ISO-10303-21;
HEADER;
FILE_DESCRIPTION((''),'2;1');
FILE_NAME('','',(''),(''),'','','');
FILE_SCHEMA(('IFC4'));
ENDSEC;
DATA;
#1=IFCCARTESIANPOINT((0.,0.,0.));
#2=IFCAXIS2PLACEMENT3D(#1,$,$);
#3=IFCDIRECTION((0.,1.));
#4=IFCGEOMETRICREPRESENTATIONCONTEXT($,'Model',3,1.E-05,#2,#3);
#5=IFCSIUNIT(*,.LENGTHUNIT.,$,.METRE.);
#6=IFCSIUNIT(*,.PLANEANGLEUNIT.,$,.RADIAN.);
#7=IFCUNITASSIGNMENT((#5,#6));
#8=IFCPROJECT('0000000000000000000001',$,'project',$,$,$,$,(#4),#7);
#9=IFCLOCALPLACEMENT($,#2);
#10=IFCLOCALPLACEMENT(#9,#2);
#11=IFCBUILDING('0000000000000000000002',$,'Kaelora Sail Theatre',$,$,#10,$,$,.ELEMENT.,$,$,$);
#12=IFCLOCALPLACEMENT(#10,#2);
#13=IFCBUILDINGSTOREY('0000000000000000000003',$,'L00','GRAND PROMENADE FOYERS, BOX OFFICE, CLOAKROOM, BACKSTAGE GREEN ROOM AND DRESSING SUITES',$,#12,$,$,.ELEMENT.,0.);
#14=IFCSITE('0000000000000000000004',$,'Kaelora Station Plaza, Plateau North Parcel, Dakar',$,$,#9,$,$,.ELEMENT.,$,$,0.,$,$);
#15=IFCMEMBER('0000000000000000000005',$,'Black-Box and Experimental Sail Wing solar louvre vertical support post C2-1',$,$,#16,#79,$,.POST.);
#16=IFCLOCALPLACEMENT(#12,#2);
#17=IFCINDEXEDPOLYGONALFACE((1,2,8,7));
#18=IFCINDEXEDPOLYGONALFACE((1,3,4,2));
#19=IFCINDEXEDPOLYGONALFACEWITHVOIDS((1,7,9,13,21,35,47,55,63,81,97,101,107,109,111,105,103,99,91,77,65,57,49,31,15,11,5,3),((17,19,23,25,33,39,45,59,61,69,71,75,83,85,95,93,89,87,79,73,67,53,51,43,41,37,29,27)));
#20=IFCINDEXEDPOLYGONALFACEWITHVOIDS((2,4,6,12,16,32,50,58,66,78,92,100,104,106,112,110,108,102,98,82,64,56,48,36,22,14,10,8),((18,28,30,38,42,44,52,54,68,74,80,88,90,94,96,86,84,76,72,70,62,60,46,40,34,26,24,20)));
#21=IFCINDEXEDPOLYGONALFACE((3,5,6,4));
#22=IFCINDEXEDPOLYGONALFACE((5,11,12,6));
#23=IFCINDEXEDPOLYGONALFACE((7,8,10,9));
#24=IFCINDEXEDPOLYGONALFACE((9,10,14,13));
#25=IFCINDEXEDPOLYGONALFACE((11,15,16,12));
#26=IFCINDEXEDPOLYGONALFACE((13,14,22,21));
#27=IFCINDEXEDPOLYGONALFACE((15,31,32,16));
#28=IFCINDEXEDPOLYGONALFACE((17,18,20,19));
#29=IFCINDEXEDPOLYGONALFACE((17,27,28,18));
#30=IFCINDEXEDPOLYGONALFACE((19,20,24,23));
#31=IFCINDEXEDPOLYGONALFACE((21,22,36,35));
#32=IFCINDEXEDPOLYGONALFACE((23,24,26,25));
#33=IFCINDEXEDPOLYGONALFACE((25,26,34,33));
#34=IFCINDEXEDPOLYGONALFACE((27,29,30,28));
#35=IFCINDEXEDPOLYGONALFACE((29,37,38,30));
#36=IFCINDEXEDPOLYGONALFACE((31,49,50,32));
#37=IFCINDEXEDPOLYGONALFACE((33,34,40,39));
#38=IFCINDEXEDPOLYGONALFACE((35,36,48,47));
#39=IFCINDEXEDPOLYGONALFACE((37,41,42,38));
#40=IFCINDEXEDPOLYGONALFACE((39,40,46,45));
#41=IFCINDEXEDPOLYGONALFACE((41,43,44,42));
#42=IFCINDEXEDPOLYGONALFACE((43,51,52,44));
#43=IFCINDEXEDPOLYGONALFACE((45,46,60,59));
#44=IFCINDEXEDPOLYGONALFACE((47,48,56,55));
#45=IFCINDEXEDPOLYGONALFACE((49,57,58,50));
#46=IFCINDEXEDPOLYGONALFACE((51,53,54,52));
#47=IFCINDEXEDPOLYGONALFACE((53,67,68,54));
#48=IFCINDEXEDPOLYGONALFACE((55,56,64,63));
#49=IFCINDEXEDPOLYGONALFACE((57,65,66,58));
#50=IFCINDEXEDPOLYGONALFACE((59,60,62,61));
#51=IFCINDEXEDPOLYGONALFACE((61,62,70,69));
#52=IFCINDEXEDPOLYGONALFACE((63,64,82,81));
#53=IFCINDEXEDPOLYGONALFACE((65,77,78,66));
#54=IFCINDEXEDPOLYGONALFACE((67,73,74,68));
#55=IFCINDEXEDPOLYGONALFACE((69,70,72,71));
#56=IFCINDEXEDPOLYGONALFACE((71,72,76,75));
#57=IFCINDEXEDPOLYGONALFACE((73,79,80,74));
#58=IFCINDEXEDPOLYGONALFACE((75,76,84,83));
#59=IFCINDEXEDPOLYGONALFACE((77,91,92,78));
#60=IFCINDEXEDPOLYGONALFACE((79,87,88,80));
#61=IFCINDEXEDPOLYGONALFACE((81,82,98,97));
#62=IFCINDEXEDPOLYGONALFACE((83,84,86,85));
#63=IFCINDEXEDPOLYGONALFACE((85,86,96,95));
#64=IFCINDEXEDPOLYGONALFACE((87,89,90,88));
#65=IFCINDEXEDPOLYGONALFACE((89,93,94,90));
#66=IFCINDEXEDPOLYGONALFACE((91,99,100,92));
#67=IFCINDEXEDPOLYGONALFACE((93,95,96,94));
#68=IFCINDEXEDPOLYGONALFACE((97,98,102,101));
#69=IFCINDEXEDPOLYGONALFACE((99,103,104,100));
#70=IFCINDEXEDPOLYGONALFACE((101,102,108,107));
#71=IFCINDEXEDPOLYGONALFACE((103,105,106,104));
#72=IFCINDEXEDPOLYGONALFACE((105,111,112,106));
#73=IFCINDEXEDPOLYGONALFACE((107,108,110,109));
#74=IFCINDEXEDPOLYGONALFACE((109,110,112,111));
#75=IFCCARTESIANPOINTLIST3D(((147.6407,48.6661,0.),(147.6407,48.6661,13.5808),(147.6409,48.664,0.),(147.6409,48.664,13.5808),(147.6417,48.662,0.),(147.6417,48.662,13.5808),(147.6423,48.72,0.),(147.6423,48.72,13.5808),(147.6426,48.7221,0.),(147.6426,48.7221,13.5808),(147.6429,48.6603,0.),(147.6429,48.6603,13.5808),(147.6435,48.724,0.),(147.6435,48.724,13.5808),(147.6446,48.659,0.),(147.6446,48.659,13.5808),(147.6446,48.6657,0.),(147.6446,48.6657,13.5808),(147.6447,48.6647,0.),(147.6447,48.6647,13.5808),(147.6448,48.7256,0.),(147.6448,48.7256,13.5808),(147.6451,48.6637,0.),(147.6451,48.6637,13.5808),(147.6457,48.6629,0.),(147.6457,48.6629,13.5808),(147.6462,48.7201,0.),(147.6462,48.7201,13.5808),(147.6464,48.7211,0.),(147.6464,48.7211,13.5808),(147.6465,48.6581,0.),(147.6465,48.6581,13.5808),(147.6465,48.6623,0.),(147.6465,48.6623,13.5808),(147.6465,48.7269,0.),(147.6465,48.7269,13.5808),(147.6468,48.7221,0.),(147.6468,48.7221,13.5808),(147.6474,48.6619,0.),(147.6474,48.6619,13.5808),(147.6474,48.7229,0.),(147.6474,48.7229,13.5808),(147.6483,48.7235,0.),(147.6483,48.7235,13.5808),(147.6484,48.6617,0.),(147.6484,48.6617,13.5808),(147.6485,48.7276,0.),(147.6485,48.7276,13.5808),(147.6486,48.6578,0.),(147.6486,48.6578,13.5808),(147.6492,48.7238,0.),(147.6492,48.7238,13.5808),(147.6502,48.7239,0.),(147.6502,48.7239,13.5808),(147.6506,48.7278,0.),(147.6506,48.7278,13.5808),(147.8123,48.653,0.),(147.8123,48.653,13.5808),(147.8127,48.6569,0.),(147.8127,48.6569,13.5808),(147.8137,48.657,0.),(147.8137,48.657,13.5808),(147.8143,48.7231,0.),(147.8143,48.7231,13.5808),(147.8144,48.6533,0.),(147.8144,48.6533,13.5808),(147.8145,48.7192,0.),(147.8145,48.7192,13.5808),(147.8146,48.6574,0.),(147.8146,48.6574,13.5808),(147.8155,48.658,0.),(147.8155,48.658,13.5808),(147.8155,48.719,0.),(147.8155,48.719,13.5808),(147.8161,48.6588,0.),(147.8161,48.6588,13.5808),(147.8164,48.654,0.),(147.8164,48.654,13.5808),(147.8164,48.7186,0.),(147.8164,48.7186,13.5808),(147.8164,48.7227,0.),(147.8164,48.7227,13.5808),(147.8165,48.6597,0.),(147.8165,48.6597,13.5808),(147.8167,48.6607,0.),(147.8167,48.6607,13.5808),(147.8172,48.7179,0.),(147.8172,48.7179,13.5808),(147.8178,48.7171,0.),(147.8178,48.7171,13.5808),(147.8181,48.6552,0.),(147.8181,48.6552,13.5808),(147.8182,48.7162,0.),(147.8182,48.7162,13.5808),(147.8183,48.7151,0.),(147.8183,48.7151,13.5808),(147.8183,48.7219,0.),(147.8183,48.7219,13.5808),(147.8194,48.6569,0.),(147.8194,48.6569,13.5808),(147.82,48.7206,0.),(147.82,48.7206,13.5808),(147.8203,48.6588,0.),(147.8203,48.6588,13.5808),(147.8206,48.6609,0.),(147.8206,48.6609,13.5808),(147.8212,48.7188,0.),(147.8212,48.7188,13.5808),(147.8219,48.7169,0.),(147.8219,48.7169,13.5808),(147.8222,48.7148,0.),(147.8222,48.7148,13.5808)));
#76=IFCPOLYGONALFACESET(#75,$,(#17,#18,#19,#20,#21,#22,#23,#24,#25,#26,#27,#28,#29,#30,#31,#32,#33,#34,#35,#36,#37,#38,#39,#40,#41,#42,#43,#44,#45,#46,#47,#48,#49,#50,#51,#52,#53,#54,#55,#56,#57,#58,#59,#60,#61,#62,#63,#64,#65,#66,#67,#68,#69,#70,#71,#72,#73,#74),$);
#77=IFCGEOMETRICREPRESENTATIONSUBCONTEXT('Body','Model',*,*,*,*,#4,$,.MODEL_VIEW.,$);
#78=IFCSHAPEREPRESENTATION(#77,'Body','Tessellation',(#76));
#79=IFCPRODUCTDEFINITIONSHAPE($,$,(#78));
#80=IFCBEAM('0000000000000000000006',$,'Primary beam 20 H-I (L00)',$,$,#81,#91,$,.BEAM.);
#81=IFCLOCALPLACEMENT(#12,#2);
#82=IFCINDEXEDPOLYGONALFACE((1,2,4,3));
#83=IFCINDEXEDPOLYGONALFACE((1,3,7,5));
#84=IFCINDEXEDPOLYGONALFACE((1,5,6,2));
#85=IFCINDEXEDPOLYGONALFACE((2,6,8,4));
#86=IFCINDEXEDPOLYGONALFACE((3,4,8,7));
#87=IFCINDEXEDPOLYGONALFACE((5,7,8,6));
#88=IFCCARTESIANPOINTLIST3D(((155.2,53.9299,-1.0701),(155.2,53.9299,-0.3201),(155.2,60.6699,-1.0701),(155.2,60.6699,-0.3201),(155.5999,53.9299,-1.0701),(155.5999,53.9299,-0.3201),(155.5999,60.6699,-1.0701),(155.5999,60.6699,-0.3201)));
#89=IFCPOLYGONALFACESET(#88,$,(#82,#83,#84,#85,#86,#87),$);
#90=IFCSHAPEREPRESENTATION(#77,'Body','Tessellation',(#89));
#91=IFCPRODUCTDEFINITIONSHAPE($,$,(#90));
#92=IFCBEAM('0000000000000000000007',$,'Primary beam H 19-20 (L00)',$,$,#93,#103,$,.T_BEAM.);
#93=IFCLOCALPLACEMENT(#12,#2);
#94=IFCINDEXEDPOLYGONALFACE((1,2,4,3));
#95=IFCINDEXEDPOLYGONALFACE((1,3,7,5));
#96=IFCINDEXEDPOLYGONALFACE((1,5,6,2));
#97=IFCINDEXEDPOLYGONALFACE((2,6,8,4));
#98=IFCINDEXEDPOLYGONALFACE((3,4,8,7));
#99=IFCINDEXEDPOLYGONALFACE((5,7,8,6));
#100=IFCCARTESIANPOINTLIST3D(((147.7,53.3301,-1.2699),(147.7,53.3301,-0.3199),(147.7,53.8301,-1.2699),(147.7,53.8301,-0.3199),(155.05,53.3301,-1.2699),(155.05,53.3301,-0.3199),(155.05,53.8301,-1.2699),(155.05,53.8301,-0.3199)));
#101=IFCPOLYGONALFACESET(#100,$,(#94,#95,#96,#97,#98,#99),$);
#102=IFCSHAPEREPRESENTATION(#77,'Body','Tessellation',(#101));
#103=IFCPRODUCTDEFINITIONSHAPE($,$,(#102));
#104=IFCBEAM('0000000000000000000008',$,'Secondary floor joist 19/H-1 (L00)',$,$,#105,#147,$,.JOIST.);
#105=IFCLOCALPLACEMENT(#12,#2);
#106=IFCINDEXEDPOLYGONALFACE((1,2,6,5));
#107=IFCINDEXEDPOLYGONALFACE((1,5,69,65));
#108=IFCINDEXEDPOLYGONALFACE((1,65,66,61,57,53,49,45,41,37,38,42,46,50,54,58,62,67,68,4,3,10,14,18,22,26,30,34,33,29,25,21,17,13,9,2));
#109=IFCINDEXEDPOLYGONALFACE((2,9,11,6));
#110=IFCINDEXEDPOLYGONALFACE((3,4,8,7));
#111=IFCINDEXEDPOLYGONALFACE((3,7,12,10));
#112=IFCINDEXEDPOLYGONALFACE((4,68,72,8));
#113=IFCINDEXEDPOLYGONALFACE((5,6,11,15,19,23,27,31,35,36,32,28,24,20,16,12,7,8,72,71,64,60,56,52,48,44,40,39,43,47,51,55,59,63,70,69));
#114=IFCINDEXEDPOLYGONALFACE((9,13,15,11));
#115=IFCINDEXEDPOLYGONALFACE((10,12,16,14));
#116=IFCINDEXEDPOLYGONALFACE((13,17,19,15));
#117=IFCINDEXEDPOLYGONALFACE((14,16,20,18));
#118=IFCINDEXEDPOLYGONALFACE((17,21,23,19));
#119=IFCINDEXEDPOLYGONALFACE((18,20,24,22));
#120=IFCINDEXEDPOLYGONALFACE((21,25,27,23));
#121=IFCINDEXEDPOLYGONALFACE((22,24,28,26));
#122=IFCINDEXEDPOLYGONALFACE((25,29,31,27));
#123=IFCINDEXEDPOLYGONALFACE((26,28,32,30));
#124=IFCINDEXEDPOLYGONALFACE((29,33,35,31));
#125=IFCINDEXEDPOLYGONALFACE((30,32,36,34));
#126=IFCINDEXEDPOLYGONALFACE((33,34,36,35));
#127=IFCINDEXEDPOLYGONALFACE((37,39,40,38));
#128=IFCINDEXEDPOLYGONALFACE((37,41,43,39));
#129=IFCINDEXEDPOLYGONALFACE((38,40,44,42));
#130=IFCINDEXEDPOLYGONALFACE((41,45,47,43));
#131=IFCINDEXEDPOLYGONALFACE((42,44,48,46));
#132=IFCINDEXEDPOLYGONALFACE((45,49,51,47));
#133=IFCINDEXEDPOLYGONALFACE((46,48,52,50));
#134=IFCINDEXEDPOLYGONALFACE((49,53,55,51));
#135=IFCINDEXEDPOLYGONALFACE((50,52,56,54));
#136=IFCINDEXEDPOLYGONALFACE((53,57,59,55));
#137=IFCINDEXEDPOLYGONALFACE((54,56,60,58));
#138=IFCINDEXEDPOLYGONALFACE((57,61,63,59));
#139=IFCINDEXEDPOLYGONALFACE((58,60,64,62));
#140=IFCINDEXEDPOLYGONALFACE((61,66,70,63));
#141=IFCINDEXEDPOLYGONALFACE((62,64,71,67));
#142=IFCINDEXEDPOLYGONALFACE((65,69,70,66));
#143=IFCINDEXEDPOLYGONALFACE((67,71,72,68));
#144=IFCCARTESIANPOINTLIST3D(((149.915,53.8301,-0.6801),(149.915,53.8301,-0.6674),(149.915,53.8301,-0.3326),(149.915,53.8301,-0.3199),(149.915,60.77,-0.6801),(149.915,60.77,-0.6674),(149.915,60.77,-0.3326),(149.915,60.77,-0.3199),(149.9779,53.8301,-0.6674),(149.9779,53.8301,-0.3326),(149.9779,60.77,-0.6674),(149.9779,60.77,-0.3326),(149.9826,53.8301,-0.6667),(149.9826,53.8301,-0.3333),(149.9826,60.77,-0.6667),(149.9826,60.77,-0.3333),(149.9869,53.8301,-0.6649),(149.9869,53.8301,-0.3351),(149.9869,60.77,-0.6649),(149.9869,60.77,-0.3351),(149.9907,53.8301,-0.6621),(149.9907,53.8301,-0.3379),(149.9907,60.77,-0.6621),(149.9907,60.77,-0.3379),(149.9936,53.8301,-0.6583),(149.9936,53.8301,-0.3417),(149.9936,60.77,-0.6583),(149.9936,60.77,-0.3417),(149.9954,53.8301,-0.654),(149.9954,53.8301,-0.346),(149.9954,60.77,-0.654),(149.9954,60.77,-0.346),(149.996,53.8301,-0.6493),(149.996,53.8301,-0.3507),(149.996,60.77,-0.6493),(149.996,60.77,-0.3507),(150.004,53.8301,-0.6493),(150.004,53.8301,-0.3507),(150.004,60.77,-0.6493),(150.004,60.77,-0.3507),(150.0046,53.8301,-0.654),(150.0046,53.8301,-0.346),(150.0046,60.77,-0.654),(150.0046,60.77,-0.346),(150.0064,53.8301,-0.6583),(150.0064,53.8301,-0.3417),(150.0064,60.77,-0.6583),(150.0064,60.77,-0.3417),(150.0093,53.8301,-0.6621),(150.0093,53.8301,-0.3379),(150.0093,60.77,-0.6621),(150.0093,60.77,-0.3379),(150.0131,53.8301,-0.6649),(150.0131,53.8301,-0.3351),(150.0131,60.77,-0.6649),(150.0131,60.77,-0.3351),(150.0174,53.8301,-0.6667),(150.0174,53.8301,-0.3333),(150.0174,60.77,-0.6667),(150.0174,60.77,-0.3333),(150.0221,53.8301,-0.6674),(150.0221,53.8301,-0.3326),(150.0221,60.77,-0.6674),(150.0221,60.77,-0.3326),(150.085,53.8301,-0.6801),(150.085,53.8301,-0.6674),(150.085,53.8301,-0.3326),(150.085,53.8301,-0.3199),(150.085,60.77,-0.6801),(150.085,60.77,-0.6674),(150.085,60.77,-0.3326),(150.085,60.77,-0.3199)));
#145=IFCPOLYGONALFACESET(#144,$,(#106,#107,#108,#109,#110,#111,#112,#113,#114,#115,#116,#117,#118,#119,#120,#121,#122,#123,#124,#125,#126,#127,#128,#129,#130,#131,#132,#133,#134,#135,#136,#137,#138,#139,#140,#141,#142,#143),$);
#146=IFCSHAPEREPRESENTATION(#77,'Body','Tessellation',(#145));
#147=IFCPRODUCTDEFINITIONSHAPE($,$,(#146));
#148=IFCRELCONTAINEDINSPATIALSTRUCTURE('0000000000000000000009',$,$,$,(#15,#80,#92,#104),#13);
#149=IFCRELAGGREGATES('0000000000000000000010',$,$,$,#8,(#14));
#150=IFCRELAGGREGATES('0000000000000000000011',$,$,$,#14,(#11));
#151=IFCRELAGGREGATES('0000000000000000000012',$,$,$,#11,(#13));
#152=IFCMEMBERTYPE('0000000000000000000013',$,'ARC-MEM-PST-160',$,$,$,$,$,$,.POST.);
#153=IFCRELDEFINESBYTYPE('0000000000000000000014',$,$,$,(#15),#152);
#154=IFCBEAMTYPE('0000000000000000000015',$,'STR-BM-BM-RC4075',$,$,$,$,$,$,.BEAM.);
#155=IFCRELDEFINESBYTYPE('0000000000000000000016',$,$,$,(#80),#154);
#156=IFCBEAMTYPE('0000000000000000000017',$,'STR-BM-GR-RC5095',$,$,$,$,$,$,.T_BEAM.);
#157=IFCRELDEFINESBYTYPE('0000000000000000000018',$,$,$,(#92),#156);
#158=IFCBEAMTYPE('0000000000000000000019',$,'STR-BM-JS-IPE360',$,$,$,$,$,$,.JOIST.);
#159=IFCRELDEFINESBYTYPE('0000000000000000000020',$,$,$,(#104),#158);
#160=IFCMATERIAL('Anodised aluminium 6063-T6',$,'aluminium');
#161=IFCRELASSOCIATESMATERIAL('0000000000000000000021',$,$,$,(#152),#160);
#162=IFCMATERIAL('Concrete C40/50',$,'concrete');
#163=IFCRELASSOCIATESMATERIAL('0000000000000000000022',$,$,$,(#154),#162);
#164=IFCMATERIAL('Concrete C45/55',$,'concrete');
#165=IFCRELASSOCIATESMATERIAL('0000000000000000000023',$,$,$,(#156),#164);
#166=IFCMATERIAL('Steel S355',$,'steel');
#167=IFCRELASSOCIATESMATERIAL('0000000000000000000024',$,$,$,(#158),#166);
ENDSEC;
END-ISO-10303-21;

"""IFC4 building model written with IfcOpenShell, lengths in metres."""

from ifc_helpers import new_model, si_unit, direction, frame, origin, origin_2d, place, context, subcontext, project, spatial, rectangle, hollow_rectangle, i_section, extrude, material, material_profile, profile_set, type_object, element, save


model = new_model("IFC4")

# Units and contexts
model_context = context("Model", 3, precision=1e-05, world=origin(), true_north=direction((0.0, 1.0)))
body_context = subcontext(model_context, "Body", "Model", "MODEL_VIEW")
ifc_project = project(units=[si_unit("LENGTHUNIT", "METRE"), si_unit("PLANEANGLEUNIT", "RADIAN")], contexts=[model_context])

# Site, building, storey
site_placement = place(None, origin())
site = spatial("IfcSite", under=ifc_project, at=site_placement, Name="Kaelora Station Plaza, Plateau North Parcel, Dakar", CompositionType="ELEMENT", RefElevation=0.0)
building_placement = place(site_placement, origin())
building = spatial("IfcBuilding", under=site, at=building_placement, Name="Kaelora Sail Theatre", CompositionType="ELEMENT")
storey_placement = place(building_placement, origin())
storey = spatial("IfcBuildingStorey", under=building, at=storey_placement, Name="L00", Description="GRAND PROMENADE FOYERS, BOX OFFICE, CLOAKROOM, BACKSTAGE GREEN ROOM AND DRESSING SUITES", CompositionType="ELEMENT", Elevation=0.0)

# Member
ifc_material_1 = material(Name="Anodised aluminium 6063-T6", Category="aluminium")
ifc_material_profile_1 = material_profile(ifc_material_1, hollow_rectangle(XDim=0.0701, YDim=0.1799, WallThickness=0.0039, InnerFilletRadius=0.0039, OuterFilletRadius=0.0081, at=origin_2d()), Name="ALU-MULL 70x180x4")
ifc_profile_set_1 = profile_set([ifc_material_profile_1], Name="Anodised aluminium 6063-T6")
member_type_1 = type_object("IfcMemberType", Name="ARC-MEM-PST-160", PredefinedType="POST", material=ifc_profile_set_1)
member_placement = place(storey_placement, frame((147.7314, 48.6904, 0.0), z_axis=(0.0, 0.0, 1.0), x_axis=(-0.028968, -0.99958, 0.0)))
element("IfcMember", 1, at=member_placement, inside=storey, type_object=member_type_1, Name="Black-Box and Experimental Sail Wing solar louvre vertical support post C2-1", PredefinedType="POST", context=body_context, shape_type="SweptSolid", body=[
    extrude(hollow_rectangle(XDim=0.0701, YDim=0.1799, WallThickness=0.0039, InnerFilletRadius=0.0039, OuterFilletRadius=0.0081, at=origin_2d()), origin(), (0.0, 0.0, 1.0), 13.5808),
])

# Beams
ifc_material_2 = material(Name="Concrete C40/50", Category="concrete")
ifc_material_profile_2 = material_profile(ifc_material_2, rectangle(XDim=0.3999, YDim=0.75, at=origin_2d()), Name="RC-BM 400x750")
ifc_profile_set_2 = profile_set([ifc_material_profile_2], Name="Concrete C40/50")
beam_type_1 = type_object("IfcBeamType", Name="STR-BM-BM-RC4075", PredefinedType="BEAM", material=ifc_profile_set_2)
beam_1_placement = place(storey_placement, frame((155.3999, 53.9299, -0.6951), z_axis=(0.0, 1.0, 0.0), x_axis=(-1.0, 0.0, 0.0)))
element("IfcBeam", 2, at=beam_1_placement, inside=storey, type_object=beam_type_1, Name="Primary beam 20 H-I (L00)", PredefinedType="BEAM", context=body_context, shape_type="SweptSolid", body=[
    extrude(rectangle(XDim=0.3999, YDim=0.75, at=origin_2d()), origin(), (0.0, 0.0, 1.0), 6.74),
])
ifc_material_3 = material(Name="Concrete C45/55", Category="concrete")
ifc_material_profile_3 = material_profile(ifc_material_3, rectangle(XDim=0.5, YDim=0.95, at=origin_2d()), Name="RC-GRD 500x950")
ifc_profile_set_3 = profile_set([ifc_material_profile_3], Name="Concrete C45/55")
beam_type_2 = type_object("IfcBeamType", Name="STR-BM-GR-RC5095", PredefinedType="T_BEAM", material=ifc_profile_set_3)
beam_2_placement = place(storey_placement, frame((147.7, 53.5801, -0.7949), z_axis=(1.0, 0.0, 0.0), x_axis=(0.0, 1.0, 0.0)))
element("IfcBeam", 3, at=beam_2_placement, inside=storey, type_object=beam_type_2, Name="Primary beam H 19-20 (L00)", PredefinedType="T_BEAM", context=body_context, shape_type="SweptSolid", body=[
    extrude(rectangle(XDim=0.5, YDim=0.95, at=origin_2d()), origin(), (0.0, 0.0, 1.0), 7.3501),
])
ifc_material_4 = material(Name="Steel S355", Category="steel")
ifc_material_profile_4 = material_profile(ifc_material_4, i_section(OverallWidth=0.1699, OverallDepth=0.3601, WebThickness=0.0081, FlangeThickness=0.0127, FilletRadius=0.0181, at=origin_2d()), Name="IPE 360")
ifc_profile_set_4 = profile_set([ifc_material_profile_4], Name="Steel S355")
beam_type_3 = type_object("IfcBeamType", Name="STR-BM-JS-IPE360", PredefinedType="JOIST", material=ifc_profile_set_4)
beam_3_placement = place(storey_placement, frame((150.0, 53.8301, -0.5), z_axis=(0.0, 1.0, 0.0), x_axis=(-1.0, 0.0, 0.0)))
element("IfcBeam", 4, at=beam_3_placement, inside=storey, type_object=beam_type_3, Name="Secondary floor joist 19/H-1 (L00)", PredefinedType="JOIST", context=body_context, shape_type="SweptSolid", body=[
    extrude(i_section(OverallWidth=0.1699, OverallDepth=0.3601, WebThickness=0.0081, FlangeThickness=0.0127, FilletRadius=0.0181, at=origin_2d()), origin(), (0.0, 0.0, 1.0), 6.9399),
])

save(model, "model.ifc")
